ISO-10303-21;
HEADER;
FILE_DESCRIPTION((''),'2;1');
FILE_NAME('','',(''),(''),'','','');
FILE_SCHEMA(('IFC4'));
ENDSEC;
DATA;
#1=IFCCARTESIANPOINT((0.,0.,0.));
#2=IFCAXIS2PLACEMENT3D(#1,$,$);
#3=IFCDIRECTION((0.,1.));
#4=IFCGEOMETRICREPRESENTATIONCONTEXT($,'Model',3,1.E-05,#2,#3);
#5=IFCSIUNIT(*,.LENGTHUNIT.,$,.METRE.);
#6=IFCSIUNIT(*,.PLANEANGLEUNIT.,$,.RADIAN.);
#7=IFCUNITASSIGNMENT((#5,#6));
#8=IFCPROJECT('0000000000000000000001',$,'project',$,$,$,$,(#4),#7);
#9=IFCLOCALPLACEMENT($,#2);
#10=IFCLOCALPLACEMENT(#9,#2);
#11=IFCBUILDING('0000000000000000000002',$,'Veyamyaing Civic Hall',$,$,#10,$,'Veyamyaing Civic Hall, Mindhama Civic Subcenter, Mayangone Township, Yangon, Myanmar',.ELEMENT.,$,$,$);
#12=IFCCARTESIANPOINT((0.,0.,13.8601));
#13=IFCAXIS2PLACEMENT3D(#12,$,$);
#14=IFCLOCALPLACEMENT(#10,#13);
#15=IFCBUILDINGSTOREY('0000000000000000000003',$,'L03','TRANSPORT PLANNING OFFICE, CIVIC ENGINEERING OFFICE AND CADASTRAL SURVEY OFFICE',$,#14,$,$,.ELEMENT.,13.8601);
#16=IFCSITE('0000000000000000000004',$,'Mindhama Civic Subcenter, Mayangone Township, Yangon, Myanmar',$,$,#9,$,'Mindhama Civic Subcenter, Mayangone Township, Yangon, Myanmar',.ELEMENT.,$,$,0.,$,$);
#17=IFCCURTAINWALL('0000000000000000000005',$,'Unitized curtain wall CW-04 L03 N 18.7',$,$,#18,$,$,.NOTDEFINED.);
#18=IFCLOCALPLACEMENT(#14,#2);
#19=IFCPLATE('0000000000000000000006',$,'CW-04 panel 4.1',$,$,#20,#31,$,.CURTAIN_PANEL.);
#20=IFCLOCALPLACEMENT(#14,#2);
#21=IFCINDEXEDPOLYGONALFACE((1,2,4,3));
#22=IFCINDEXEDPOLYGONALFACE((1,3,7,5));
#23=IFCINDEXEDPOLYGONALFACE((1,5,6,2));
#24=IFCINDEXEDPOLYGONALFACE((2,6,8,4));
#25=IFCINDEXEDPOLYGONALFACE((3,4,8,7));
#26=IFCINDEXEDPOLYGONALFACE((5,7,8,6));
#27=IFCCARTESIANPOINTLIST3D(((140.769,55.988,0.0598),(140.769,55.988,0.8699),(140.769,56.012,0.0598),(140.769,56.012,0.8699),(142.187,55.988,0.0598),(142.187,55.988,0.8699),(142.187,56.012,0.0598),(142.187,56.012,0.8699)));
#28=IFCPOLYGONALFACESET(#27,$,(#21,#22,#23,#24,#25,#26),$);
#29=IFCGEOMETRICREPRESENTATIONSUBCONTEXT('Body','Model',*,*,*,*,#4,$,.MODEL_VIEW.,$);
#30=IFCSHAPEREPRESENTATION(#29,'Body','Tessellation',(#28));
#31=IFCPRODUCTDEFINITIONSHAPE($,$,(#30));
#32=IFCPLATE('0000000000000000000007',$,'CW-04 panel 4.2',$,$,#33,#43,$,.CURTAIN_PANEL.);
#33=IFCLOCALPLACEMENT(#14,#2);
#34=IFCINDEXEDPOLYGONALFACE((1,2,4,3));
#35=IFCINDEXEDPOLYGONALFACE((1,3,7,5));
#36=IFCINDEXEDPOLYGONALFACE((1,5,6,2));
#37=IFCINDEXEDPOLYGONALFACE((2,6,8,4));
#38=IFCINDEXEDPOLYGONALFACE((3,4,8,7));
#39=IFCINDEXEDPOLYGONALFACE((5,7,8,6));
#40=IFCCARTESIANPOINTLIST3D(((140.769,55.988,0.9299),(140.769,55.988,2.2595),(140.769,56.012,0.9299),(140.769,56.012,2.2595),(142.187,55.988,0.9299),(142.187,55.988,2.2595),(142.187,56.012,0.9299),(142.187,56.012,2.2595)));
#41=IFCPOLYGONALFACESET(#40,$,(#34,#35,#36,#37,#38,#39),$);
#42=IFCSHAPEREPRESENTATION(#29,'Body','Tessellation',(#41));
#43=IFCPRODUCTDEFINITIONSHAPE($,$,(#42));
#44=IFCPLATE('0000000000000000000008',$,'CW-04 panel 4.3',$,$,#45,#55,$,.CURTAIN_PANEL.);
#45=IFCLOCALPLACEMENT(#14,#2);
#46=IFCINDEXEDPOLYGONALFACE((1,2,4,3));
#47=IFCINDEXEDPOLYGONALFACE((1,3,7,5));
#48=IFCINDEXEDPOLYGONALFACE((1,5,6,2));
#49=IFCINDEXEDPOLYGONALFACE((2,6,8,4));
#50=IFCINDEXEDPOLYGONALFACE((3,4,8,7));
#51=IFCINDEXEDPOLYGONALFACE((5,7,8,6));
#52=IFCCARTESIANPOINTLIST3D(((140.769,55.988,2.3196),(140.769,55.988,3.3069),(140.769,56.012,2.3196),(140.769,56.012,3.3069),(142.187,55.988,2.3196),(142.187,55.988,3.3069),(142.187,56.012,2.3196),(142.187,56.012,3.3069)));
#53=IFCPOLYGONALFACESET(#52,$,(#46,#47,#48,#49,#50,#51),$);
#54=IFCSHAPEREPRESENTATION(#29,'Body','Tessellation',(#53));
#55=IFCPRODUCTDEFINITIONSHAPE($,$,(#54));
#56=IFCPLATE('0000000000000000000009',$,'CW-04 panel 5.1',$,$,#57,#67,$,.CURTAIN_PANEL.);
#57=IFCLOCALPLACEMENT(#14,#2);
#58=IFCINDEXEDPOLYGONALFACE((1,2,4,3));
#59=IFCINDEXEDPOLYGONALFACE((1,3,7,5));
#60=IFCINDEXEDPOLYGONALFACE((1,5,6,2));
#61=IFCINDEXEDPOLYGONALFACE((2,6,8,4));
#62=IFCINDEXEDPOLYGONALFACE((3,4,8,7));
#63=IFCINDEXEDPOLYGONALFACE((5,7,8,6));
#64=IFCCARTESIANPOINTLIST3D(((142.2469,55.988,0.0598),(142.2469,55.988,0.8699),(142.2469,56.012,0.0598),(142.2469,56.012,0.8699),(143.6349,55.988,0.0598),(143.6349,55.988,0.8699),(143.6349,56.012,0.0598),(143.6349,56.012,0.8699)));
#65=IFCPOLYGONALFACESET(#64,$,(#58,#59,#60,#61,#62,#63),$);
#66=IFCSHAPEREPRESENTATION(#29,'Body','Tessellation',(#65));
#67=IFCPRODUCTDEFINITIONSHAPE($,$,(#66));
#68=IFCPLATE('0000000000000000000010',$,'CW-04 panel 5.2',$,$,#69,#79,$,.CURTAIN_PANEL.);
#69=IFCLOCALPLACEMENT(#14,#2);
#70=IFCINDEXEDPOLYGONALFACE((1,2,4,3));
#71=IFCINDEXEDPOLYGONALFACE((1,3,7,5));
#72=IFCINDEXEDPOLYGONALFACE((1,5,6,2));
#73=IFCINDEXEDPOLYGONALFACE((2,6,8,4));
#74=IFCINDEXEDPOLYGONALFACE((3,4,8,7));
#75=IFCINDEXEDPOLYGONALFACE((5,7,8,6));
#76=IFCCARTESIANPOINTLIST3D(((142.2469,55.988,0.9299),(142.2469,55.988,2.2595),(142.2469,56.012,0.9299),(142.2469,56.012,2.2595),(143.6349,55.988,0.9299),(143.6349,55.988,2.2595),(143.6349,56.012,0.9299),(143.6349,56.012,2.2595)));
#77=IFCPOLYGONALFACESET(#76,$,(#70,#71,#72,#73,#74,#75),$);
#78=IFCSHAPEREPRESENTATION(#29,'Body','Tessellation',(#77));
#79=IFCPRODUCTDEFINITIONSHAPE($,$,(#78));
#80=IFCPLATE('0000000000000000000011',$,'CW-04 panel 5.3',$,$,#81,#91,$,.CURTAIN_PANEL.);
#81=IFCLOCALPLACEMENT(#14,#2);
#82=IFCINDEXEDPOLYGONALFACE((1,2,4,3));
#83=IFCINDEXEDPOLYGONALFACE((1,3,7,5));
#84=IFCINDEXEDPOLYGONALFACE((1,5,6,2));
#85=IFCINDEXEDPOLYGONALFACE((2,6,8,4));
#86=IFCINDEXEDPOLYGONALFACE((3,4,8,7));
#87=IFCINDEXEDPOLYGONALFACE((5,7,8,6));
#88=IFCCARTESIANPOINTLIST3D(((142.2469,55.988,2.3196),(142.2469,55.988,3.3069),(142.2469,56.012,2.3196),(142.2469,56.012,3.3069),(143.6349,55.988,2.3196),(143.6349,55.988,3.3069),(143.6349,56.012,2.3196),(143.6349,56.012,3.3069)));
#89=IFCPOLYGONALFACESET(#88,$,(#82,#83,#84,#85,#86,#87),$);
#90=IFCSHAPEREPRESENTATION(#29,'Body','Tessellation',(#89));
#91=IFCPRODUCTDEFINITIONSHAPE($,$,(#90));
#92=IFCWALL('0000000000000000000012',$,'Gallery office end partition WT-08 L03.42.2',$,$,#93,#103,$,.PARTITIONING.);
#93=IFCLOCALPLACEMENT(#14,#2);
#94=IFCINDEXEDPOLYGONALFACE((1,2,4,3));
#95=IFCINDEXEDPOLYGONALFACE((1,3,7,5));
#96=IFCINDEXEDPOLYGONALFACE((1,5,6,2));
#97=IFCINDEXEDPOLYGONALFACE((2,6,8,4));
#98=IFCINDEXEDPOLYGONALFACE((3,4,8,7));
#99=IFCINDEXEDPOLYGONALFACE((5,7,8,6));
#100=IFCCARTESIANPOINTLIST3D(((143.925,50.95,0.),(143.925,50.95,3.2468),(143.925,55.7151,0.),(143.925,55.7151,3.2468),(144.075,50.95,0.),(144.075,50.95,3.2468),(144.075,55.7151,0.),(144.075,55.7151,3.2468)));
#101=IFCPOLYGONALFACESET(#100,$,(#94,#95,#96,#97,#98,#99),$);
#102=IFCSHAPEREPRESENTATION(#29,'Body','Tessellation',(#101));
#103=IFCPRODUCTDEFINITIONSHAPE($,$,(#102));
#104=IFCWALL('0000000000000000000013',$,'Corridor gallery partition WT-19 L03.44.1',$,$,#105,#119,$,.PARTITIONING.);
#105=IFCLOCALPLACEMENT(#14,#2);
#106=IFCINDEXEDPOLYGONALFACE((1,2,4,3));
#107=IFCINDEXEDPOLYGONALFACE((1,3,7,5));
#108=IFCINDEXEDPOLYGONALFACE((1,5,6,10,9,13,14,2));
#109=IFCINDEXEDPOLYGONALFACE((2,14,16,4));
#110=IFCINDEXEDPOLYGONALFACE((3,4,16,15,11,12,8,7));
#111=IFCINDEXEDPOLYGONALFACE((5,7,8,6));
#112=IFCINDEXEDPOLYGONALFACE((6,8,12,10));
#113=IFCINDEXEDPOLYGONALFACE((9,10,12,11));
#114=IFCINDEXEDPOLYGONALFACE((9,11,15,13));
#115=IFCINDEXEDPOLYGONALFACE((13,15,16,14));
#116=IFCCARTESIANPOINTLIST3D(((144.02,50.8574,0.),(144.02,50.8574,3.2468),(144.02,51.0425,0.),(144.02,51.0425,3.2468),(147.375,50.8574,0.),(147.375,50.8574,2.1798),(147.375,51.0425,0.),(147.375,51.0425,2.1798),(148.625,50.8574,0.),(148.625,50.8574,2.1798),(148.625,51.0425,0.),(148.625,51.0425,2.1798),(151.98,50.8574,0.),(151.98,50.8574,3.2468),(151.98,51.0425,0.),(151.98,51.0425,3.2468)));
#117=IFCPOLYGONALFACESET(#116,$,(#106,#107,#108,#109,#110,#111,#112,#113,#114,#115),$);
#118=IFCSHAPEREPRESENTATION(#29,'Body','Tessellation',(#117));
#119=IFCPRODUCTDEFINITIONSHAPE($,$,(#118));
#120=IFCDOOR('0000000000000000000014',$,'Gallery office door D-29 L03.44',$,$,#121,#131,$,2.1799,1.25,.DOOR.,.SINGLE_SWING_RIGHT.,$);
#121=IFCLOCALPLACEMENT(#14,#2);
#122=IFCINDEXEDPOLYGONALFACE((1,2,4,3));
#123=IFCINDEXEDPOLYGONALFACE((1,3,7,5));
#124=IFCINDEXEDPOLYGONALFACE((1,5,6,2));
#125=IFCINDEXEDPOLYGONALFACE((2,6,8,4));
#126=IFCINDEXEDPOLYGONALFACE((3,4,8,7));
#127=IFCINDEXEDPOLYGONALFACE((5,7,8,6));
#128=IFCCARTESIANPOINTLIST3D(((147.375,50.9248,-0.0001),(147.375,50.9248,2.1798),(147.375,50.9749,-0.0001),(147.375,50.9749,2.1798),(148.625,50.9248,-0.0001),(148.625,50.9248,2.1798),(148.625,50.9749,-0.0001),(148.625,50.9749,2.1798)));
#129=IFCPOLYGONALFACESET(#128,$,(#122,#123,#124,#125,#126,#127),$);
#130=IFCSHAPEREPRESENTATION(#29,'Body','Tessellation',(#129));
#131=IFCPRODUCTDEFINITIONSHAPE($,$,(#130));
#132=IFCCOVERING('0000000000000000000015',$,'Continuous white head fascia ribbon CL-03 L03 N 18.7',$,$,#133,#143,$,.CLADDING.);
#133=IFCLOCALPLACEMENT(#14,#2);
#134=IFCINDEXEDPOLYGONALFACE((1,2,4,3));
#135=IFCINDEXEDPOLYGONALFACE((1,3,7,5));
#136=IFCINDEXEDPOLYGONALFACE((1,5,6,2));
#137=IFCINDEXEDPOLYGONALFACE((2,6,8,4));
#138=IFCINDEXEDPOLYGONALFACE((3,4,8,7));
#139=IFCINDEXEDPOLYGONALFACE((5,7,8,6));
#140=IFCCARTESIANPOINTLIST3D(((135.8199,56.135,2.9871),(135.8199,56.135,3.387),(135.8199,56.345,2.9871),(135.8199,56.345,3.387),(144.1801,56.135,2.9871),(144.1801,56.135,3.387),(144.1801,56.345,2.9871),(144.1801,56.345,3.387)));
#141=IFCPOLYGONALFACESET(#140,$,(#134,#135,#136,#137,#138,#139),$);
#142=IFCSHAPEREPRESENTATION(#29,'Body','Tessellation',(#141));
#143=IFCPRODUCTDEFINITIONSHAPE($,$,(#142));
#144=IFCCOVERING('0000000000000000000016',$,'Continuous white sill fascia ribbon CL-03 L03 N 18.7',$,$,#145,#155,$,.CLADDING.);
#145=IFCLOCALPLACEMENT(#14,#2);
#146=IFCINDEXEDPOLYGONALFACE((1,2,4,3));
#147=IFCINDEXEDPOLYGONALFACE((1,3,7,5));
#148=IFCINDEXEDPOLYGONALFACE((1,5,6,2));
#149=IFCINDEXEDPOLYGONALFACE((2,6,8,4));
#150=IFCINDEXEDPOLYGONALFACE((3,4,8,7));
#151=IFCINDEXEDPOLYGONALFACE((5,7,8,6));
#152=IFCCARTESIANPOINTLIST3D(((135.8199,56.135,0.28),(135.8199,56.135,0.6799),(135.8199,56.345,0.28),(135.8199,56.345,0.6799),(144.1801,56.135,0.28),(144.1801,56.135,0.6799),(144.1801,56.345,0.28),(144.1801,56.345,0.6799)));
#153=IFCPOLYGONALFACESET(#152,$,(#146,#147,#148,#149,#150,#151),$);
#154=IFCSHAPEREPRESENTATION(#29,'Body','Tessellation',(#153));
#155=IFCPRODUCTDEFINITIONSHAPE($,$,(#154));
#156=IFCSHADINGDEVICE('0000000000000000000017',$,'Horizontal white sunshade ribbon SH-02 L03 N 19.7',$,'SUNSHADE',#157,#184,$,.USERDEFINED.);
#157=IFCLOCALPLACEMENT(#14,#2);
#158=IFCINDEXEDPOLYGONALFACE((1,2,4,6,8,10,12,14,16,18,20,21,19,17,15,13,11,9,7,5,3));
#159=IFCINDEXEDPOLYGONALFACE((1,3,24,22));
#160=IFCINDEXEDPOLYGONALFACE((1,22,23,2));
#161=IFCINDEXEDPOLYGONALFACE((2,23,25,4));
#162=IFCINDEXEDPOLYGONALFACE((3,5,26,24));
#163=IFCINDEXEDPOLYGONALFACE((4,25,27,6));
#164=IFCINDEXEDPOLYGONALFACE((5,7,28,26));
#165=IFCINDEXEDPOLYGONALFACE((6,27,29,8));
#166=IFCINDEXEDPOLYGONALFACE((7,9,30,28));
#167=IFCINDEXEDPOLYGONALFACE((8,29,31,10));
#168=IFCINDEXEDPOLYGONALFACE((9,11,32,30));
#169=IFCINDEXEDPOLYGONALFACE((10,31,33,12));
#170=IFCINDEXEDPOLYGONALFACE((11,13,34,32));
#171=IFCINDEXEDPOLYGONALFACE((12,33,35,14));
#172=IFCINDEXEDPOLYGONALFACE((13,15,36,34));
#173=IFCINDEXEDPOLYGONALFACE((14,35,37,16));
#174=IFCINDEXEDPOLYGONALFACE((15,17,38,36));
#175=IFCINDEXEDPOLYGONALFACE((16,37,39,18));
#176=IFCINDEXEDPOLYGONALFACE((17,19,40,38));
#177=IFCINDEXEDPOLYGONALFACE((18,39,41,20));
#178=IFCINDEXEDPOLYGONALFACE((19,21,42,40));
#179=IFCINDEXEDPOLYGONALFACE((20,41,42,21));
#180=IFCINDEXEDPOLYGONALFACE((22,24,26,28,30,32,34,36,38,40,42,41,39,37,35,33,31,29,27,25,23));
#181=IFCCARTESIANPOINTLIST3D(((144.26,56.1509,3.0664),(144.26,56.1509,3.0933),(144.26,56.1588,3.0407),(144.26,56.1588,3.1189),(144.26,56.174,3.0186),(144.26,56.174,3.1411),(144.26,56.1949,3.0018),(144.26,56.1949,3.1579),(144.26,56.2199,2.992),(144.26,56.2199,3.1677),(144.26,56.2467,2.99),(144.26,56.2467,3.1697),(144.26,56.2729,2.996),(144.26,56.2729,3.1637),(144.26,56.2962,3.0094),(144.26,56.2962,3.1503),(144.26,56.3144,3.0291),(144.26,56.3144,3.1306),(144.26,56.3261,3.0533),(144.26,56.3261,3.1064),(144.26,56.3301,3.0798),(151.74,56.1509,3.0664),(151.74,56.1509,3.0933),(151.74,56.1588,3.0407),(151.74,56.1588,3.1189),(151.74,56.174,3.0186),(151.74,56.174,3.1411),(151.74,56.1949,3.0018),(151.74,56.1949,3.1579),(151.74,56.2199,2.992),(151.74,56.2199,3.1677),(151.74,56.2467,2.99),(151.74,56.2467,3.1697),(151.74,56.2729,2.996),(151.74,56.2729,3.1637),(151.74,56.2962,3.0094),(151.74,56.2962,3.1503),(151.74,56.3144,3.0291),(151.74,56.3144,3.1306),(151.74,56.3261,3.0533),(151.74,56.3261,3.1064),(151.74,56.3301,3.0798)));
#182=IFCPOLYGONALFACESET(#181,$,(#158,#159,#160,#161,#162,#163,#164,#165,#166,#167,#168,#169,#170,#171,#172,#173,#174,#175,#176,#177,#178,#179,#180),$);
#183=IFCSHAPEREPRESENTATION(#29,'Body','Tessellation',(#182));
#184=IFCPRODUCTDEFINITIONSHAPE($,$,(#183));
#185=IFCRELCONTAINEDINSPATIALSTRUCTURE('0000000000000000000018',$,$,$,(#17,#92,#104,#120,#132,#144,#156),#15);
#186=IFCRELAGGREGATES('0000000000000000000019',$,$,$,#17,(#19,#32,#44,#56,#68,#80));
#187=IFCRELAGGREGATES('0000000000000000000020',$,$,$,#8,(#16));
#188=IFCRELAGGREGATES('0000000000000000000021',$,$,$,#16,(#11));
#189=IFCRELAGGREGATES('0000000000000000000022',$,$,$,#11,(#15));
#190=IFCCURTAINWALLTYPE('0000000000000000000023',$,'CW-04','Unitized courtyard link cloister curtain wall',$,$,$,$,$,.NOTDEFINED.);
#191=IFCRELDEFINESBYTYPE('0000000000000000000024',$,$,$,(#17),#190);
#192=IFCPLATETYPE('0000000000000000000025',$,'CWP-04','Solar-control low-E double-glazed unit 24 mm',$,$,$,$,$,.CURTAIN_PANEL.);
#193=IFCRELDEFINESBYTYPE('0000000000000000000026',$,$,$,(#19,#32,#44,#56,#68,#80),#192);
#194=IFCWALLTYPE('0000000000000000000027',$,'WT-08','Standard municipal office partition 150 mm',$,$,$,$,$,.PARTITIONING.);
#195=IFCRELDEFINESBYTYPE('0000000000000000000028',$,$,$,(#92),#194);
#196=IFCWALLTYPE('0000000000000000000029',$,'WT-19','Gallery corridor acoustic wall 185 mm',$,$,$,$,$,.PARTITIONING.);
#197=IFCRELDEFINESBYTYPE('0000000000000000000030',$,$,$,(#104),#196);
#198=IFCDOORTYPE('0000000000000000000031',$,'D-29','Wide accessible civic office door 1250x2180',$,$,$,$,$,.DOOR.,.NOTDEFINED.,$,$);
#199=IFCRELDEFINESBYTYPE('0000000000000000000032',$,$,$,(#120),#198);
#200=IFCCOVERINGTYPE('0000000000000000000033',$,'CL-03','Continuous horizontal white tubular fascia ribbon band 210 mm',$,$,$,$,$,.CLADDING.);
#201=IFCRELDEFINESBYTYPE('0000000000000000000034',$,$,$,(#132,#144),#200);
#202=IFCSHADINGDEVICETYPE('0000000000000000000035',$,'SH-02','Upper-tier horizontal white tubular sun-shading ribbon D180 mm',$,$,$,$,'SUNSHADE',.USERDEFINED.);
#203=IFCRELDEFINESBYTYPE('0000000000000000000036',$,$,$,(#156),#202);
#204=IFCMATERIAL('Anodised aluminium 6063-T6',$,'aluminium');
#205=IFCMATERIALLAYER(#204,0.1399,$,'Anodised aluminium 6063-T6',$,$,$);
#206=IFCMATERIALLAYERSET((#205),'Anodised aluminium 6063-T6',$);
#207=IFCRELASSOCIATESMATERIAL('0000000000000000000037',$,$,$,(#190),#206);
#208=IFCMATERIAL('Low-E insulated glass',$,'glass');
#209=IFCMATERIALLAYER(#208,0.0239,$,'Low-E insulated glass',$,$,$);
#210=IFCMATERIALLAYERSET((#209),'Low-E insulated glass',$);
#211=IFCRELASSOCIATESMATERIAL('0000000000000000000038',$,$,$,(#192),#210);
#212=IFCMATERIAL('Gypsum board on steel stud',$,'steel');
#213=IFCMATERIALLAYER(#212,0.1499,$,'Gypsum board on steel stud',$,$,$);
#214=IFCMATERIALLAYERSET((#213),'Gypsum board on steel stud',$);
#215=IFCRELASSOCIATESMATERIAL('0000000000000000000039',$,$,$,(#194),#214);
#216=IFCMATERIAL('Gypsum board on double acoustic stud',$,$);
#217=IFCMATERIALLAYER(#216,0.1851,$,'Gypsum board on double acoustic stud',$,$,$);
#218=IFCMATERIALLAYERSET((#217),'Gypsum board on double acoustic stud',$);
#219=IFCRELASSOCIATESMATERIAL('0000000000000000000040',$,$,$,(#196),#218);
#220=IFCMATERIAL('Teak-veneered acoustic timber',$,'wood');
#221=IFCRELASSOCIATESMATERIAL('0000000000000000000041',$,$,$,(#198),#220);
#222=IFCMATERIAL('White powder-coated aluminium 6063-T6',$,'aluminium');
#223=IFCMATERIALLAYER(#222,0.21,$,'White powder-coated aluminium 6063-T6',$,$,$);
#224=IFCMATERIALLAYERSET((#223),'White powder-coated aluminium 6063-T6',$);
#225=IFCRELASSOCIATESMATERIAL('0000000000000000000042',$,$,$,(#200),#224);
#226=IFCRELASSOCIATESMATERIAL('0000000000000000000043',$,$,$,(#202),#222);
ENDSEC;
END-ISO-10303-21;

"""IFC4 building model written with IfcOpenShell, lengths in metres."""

from ifc_helpers import new_model, si_unit, direction, frame, frame_2d, origin, origin_2d, place, context, subcontext, project, spatial, rectangle, circle, extrude, material, layer, layer_set, material_profile, profile_set, type_object, element, fill, aggregate, save


model = new_model("IFC4")

# Units and contexts
model_context = context("Model", 3, precision=1e-05, world=origin(), true_north=direction((0.0, 1.0)))
body_context = subcontext(model_context, "Body", "Model", "MODEL_VIEW")
ifc_project = project(units=[si_unit("LENGTHUNIT", "METRE"), si_unit("PLANEANGLEUNIT", "RADIAN")], contexts=[model_context])

# Site, building, storey
site_placement = place(None, origin())
site = spatial("IfcSite", under=ifc_project, at=site_placement, Name="Mindhama Civic Subcenter, Mayangone Township, Yangon, Myanmar", LongName="Mindhama Civic Subcenter, Mayangone Township, Yangon, Myanmar", CompositionType="ELEMENT", RefElevation=0.0)
building_placement = place(site_placement, origin())
building = spatial("IfcBuilding", under=site, at=building_placement, Name="Veyamyaing Civic Hall", LongName="Veyamyaing Civic Hall, Mindhama Civic Subcenter, Mayangone Township, Yangon, Myanmar", CompositionType="ELEMENT")
storey_placement = place(building_placement, frame((0.0, 0.0, 13.8601)))
storey = spatial("IfcBuildingStorey", under=building, at=storey_placement, Name="L03", Description="TRANSPORT PLANNING OFFICE, CIVIC ENGINEERING OFFICE AND CADASTRAL SURVEY OFFICE", CompositionType="ELEMENT", Elevation=13.8601)

# Curtain wall
ifc_material_1 = material(Name="Anodised aluminium 6063-T6", Category="aluminium")
ifc_layer_1 = layer(ifc_material_1, 0.1399, Name="Anodised aluminium 6063-T6")
ifc_layer_set_1 = layer_set([ifc_layer_1], Name="Anodised aluminium 6063-T6")
curtain_wall_type = type_object("IfcCurtainWallType", Name="CW-04", Description="Unitized courtyard link cloister curtain wall", PredefinedType="NOTDEFINED", material=ifc_layer_set_1)
curtain_wall_1_placement = place(storey_placement, origin())
curtain_wall_1 = element("IfcCurtainWall", 1, at=curtain_wall_1_placement, inside=storey, type_object=curtain_wall_type, Name="Unitized curtain wall CW-04 L03 N 18.7", PredefinedType="NOTDEFINED")

# Plates
ifc_material_2 = material(Name="Low-E insulated glass", Category="glass")
ifc_layer_2 = layer(ifc_material_2, 0.0239, Name="Low-E insulated glass")
ifc_layer_set_2 = layer_set([ifc_layer_2], Name="Low-E insulated glass")
plate_type = type_object("IfcPlateType", Name="CWP-04", Description="Solar-control low-E double-glazed unit 24 mm", PredefinedType="CURTAIN_PANEL", material=ifc_layer_set_2)
plate_1_placement = place(storey_placement, frame((141.478, 56.0, 0.0598), z_axis=(0.0, 0.0, 1.0), x_axis=(1.0, 0.0, 0.0)))
plate_1 = element("IfcPlate", 2, at=plate_1_placement, type_object=plate_type, Name="CW-04 panel 4.1", PredefinedType="CURTAIN_PANEL", context=body_context, shape_type="SweptSolid", body=[
    extrude(rectangle(XDim=1.418, YDim=0.0239, at=origin_2d()), origin(), (0.0, 0.0, 1.0), 0.8101),
])
plate_2_placement = place(storey_placement, frame((141.478, 56.0, 0.9299), z_axis=(0.0, 0.0, 1.0), x_axis=(1.0, 0.0, 0.0)))
plate_2 = element("IfcPlate", 3, at=plate_2_placement, type_object=plate_type, Name="CW-04 panel 4.2", PredefinedType="CURTAIN_PANEL", context=body_context, shape_type="SweptSolid", body=[
    extrude(rectangle(XDim=1.418, YDim=0.0239, at=origin_2d()), origin(), (0.0, 0.0, 1.0), 1.3296),
])
plate_3_placement = place(storey_placement, frame((141.478, 56.0, 2.3196), z_axis=(0.0, 0.0, 1.0), x_axis=(1.0, 0.0, 0.0)))
plate_3 = element("IfcPlate", 4, at=plate_3_placement, type_object=plate_type, Name="CW-04 panel 4.3", PredefinedType="CURTAIN_PANEL", context=body_context, shape_type="SweptSolid", body=[
    extrude(rectangle(XDim=1.418, YDim=0.0239, at=origin_2d()), origin(), (0.0, 0.0, 1.0), 0.9873),
])
plate_4_placement = place(storey_placement, frame((142.9409, 56.0, 0.0598), z_axis=(0.0, 0.0, 1.0), x_axis=(1.0, 0.0, 0.0)))
plate_4 = element("IfcPlate", 5, at=plate_4_placement, type_object=plate_type, Name="CW-04 panel 5.1", PredefinedType="CURTAIN_PANEL", context=body_context, shape_type="SweptSolid", body=[
    extrude(rectangle(XDim=1.3879, YDim=0.0239, at=origin_2d()), origin(), (0.0, 0.0, 1.0), 0.8101),
])
plate_5_placement = place(storey_placement, frame((142.9409, 56.0, 0.9299), z_axis=(0.0, 0.0, 1.0), x_axis=(1.0, 0.0, 0.0)))
plate_5 = element("IfcPlate", 6, at=plate_5_placement, type_object=plate_type, Name="CW-04 panel 5.2", PredefinedType="CURTAIN_PANEL", context=body_context, shape_type="SweptSolid", body=[
    extrude(rectangle(XDim=1.3879, YDim=0.0239, at=origin_2d()), origin(), (0.0, 0.0, 1.0), 1.3296),
])
plate_6_placement = place(storey_placement, frame((142.9409, 56.0, 2.3196), z_axis=(0.0, 0.0, 1.0), x_axis=(1.0, 0.0, 0.0)))
plate_6 = element("IfcPlate", 7, at=plate_6_placement, type_object=plate_type, Name="CW-04 panel 5.3", PredefinedType="CURTAIN_PANEL", context=body_context, shape_type="SweptSolid", body=[
    extrude(rectangle(XDim=1.3879, YDim=0.0239, at=origin_2d()), origin(), (0.0, 0.0, 1.0), 0.9873),
])
aggregate(curtain_wall_1, [plate_1, plate_2, plate_3, plate_4, plate_5, plate_6])

# Wall
ifc_material_3 = material(Name="Gypsum board on steel stud", Category="steel")
ifc_layer_3 = layer(ifc_material_3, 0.1499, Name="Gypsum board on steel stud")
ifc_layer_set_3 = layer_set([ifc_layer_3], Name="Gypsum board on steel stud")
wall_type_1 = type_object("IfcWallType", Name="WT-08", Description="Standard municipal office partition 150 mm", PredefinedType="PARTITIONING", material=ifc_layer_set_3)
wall_1_placement = place(storey_placement, frame((144.0, 50.95, 0.0), z_axis=(0.0, 0.0, 1.0), x_axis=(0.0, 1.0, 0.0)))
element("IfcWall", 8, at=wall_1_placement, inside=storey, type_object=wall_type_1, Name="Gallery office end partition WT-08 L03.42.2", PredefinedType="PARTITIONING", context=body_context, shape_type="SweptSolid", body=[
    extrude(rectangle(XDim=4.7651, YDim=0.1499, at=frame_2d((2.3826, 0.0))), origin(), (0.0, 0.0, 1.0), 3.2468),
])

# Wall, opening, door
ifc_material_4 = material(Name="Gypsum board on double acoustic stud")
ifc_layer_4 = layer(ifc_material_4, 0.1851, Name="Gypsum board on double acoustic stud")
ifc_layer_set_4 = layer_set([ifc_layer_4], Name="Gypsum board on double acoustic stud")
wall_type_2 = type_object("IfcWallType", Name="WT-19", Description="Gallery corridor acoustic wall 185 mm", PredefinedType="PARTITIONING", material=ifc_layer_set_4)
wall_2_placement = place(storey_placement, frame((144.02, 50.95, 0.0), z_axis=(0.0, 0.0, 1.0), x_axis=(1.0, 0.0, 0.0)))
wall_2 = element("IfcWall", 9, at=wall_2_placement, inside=storey, type_object=wall_type_2, Name="Corridor gallery partition WT-19 L03.44.1", PredefinedType="PARTITIONING", context=body_context, shape_type="SweptSolid", body=[
    extrude(rectangle(XDim=7.96, YDim=0.1851, at=frame_2d((3.98, 0.0))), origin(), (0.0, 0.0, 1.0), 3.2468),
])
opening_placement = place(wall_2_placement, frame((3.355, 0.0, 0.0)))
opening = element("IfcOpeningElement", 10, at=opening_placement, cuts=wall_2, PredefinedType="OPENING", context=body_context, shape_type="SweptSolid", body=[
    extrude(rectangle(XDim=1.25, YDim=2.1799, at=frame_2d((0.625, 1.0898))), frame((0.0, 0.1025, 0.0), z_axis=(0.0, -1.0, 0.0), x_axis=(1.0, 0.0, 0.0)), (0.0, 0.0, 1.0), 0.2051),
])
ifc_material_5 = material(Name="Teak-veneered acoustic timber", Category="wood")
door_type = type_object("IfcDoorType", Name="D-29", Description="Wide accessible civic office door 1250x2180", OperationType="NOTDEFINED", PredefinedType="DOOR", material=ifc_material_5)
door_placement = place(opening_placement, origin())
door = element("IfcDoor", 11, at=door_placement, inside=storey, type_object=door_type, Name="Gallery office door D-29 L03.44", OperationType="SINGLE_SWING_RIGHT", OverallHeight=2.1799, OverallWidth=1.25, PredefinedType="DOOR", context=body_context, shape_type="SweptSolid", body=[
    extrude(rectangle(XDim=1.25, YDim=2.1799, at=frame_2d((0.625, 1.0898))), frame((0.0, 0.0249, 0.0), z_axis=(0.0, -1.0, 0.0), x_axis=(1.0, 0.0, 0.0)), (0.0, 0.0, 1.0), 0.05),
])
fill(opening, door)

# Coverings
ifc_material_6 = material(Name="White powder-coated aluminium 6063-T6", Category="aluminium")
ifc_layer_5 = layer(ifc_material_6, 0.21, Name="White powder-coated aluminium 6063-T6")
ifc_layer_set_5 = layer_set([ifc_layer_5], Name="White powder-coated aluminium 6063-T6")
covering_type = type_object("IfcCoveringType", Name="CL-03", Description="Continuous horizontal white tubular fascia ribbon band 210 mm", PredefinedType="CLADDING", material=ifc_layer_set_5)
for number, where, z_axis, x_axis, name in (
    (12, (140.0, 56.24, 2.9871), (0.0, 0.0, 1.0), (1.0, 0.0, 0.0), "Continuous white head fascia ribbon CL-03 L03 N 18.7"),
    (13, (140.0, 56.24, 0.28), (0.0, 0.0, 1.0), (1.0, 0.0, 0.0), "Continuous white sill fascia ribbon CL-03 L03 N 18.7"),
):
    element("IfcCovering", number, at=place(storey_placement, frame(where, z_axis=z_axis, x_axis=x_axis)), inside=storey, type_object=covering_type, Name=name, PredefinedType="CLADDING", context=body_context, shape_type="SweptSolid", body=[
        extrude(rectangle(XDim=8.3601, YDim=0.21, at=origin_2d()), origin(), (0.0, 0.0, 1.0), 0.3999),
    ])

# Shading device
ifc_material_profile_1 = material_profile(ifc_material_6, circle(Radius=0.0901, at=origin_2d()), Name="SHADE-TUBE-180")
ifc_profile_set_1 = profile_set([ifc_material_profile_1], Name="White powder-coated aluminium 6063-T6")
shading_device_type = type_object("IfcShadingDeviceType", Name="SH-02", Description="Upper-tier horizontal white tubular sun-shading ribbon D180 mm", ElementType="SUNSHADE", PredefinedType="USERDEFINED", material=ifc_profile_set_1)
shading_device_placement = place(storey_placement, frame((144.26, 56.24, 3.0798), z_axis=(1.0, 0.0, 0.0), x_axis=(0.0, 1.0, 0.0)))
element("IfcShadingDevice", 14, at=shading_device_placement, inside=storey, type_object=shading_device_type, Name="Horizontal white sunshade ribbon SH-02 L03 N 19.7", ObjectType="SUNSHADE", PredefinedType="USERDEFINED", context=body_context, shape_type="SweptSolid", body=[
    extrude(circle(Radius=0.0901, at=origin_2d()), origin(), (0.0, 0.0, 1.0), 7.48),
])

save(model, "model.ifc")
